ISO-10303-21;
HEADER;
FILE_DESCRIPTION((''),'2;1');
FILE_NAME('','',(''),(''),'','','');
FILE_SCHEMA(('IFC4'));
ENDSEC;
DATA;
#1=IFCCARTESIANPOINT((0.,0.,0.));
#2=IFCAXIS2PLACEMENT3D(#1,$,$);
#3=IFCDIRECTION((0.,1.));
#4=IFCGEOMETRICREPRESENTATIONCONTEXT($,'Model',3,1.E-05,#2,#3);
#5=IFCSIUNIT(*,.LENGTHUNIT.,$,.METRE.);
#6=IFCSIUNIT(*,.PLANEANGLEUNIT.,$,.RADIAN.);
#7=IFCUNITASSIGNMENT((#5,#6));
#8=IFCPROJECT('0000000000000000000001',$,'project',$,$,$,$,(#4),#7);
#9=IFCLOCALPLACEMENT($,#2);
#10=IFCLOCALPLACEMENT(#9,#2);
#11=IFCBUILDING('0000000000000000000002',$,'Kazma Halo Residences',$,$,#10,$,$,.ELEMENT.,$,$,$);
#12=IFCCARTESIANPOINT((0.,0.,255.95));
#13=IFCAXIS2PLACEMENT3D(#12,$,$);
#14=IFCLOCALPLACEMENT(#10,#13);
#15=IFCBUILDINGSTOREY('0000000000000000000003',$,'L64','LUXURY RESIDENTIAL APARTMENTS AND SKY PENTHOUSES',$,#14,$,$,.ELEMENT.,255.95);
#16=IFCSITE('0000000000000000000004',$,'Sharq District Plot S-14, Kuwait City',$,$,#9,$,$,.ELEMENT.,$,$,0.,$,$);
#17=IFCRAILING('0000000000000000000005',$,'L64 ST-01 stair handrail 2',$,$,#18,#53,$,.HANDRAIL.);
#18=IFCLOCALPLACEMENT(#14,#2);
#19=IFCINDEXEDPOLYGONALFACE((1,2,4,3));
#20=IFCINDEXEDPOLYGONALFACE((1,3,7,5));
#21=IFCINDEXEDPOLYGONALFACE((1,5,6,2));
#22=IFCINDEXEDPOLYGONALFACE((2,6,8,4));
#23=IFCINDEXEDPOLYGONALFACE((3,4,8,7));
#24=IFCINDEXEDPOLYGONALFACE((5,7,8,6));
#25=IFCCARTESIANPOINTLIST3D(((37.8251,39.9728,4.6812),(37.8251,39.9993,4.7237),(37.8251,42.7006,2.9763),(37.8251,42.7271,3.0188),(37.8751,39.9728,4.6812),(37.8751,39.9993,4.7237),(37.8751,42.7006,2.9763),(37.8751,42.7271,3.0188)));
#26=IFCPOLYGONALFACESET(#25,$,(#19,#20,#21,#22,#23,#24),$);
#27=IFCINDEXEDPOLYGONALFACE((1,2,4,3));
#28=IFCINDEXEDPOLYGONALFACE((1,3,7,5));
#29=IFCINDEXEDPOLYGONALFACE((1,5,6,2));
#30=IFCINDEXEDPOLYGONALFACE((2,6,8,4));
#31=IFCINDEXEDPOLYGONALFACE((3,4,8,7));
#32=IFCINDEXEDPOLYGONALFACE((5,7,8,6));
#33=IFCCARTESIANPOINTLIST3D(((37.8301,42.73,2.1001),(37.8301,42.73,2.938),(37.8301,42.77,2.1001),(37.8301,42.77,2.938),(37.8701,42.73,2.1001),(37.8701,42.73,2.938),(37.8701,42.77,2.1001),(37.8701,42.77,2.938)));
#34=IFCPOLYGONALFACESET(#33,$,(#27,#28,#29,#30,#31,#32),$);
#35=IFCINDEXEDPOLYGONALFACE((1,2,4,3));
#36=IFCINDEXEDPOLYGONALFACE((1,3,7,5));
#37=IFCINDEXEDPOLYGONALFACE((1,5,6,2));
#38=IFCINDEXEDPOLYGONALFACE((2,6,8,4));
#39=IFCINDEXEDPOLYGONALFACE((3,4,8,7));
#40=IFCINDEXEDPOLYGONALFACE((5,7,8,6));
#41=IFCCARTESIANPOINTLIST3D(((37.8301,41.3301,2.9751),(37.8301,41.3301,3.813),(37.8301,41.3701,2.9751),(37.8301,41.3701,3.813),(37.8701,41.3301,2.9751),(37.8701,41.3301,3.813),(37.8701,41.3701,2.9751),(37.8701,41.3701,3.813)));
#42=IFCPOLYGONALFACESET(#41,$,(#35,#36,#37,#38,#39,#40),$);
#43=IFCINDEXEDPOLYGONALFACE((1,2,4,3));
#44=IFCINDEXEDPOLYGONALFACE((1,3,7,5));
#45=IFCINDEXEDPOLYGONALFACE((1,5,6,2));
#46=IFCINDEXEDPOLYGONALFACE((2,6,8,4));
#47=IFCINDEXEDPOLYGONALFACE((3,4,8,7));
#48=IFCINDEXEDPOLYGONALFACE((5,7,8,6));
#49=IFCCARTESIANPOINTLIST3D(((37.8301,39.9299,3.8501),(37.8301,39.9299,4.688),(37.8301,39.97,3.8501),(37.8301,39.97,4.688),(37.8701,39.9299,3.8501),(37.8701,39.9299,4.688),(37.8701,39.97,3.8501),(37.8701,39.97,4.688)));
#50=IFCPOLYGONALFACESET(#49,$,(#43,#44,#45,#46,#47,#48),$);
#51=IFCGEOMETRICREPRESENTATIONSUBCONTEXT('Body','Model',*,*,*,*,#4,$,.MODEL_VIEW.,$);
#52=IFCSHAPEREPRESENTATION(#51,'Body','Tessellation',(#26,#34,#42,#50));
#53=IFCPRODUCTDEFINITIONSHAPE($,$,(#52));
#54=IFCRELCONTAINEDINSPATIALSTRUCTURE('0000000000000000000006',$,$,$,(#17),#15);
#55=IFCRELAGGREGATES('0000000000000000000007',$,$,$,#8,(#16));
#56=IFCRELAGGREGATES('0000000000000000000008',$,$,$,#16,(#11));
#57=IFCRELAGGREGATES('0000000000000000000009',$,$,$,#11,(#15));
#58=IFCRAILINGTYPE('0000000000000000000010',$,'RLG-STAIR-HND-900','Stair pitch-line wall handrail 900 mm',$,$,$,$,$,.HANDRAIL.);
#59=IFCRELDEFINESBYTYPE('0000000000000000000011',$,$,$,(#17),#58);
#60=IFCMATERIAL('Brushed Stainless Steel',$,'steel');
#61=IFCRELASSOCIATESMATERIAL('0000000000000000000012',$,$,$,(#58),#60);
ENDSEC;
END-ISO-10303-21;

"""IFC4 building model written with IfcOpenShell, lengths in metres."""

from ifc_helpers import new_model, si_unit, direction, frame, origin, origin_2d, place, context, subcontext, project, spatial, rectangle, extrude, material, type_object, element, save


model = new_model("IFC4")

# Units and contexts
model_context = context("Model", 3, precision=1e-05, world=origin(), true_north=direction((0.0, 1.0)))
body_context = subcontext(model_context, "Body", "Model", "MODEL_VIEW")
ifc_project = project(units=[si_unit("LENGTHUNIT", "METRE"), si_unit("PLANEANGLEUNIT", "RADIAN")], contexts=[model_context])

# Site, building, storey
site_placement = place(None, origin())
site = spatial("IfcSite", under=ifc_project, at=site_placement, Name="Sharq District Plot S-14, Kuwait City", CompositionType="ELEMENT", RefElevation=0.0)
building_placement = place(site_placement, origin())
building = spatial("IfcBuilding", under=site, at=building_placement, Name="Kazma Halo Residences", CompositionType="ELEMENT")
storey_placement = place(building_placement, frame((0.0, 0.0, 255.95)))
storey = spatial("IfcBuildingStorey", under=building, at=storey_placement, Name="L64", Description="LUXURY RESIDENTIAL APARTMENTS AND SKY PENTHOUSES", CompositionType="ELEMENT", Elevation=255.95)

# Railing
ifc_material_1 = material(Name="Brushed Stainless Steel", Category="steel")
railing_type_1 = type_object("IfcRailingType", Name="RLG-STAIR-HND-900", Description="Stair pitch-line wall handrail 900 mm", PredefinedType="HANDRAIL", material=ifc_material_1)
railing_1_placement = place(storey_placement, frame((37.8501, 42.75, 2.1001)))
element("IfcRailing", 1, at=railing_1_placement, inside=storey, type_object=railing_type_1, Name="L64 ST-01 stair handrail 2", PredefinedType="HANDRAIL", context=body_context, shape_type="SweptSolid", body=[
    extrude(rectangle(XDim=0.05, YDim=0.05, at=origin_2d()), frame((0.0, -0.0361, 0.8975), z_axis=(0.0, -0.848002, 0.529992), x_axis=(1.0, 0.0, 0.0)), (0.0, 0.0, 1.0), 3.2168),
    extrude(rectangle(XDim=0.04, YDim=0.04, at=origin_2d()), origin(), (0.0, 0.0, 1.0), 0.8379),
    extrude(rectangle(XDim=0.04, YDim=0.04, at=origin_2d()), frame((0.0, -1.3999, 0.875)), (0.0, 0.0, 1.0), 0.8379),
    extrude(rectangle(XDim=0.04, YDim=0.04, at=origin_2d()), frame((0.0, -2.8, 1.75)), (0.0, 0.0, 1.0), 0.8379),
])

save(model, "model.ifc")
